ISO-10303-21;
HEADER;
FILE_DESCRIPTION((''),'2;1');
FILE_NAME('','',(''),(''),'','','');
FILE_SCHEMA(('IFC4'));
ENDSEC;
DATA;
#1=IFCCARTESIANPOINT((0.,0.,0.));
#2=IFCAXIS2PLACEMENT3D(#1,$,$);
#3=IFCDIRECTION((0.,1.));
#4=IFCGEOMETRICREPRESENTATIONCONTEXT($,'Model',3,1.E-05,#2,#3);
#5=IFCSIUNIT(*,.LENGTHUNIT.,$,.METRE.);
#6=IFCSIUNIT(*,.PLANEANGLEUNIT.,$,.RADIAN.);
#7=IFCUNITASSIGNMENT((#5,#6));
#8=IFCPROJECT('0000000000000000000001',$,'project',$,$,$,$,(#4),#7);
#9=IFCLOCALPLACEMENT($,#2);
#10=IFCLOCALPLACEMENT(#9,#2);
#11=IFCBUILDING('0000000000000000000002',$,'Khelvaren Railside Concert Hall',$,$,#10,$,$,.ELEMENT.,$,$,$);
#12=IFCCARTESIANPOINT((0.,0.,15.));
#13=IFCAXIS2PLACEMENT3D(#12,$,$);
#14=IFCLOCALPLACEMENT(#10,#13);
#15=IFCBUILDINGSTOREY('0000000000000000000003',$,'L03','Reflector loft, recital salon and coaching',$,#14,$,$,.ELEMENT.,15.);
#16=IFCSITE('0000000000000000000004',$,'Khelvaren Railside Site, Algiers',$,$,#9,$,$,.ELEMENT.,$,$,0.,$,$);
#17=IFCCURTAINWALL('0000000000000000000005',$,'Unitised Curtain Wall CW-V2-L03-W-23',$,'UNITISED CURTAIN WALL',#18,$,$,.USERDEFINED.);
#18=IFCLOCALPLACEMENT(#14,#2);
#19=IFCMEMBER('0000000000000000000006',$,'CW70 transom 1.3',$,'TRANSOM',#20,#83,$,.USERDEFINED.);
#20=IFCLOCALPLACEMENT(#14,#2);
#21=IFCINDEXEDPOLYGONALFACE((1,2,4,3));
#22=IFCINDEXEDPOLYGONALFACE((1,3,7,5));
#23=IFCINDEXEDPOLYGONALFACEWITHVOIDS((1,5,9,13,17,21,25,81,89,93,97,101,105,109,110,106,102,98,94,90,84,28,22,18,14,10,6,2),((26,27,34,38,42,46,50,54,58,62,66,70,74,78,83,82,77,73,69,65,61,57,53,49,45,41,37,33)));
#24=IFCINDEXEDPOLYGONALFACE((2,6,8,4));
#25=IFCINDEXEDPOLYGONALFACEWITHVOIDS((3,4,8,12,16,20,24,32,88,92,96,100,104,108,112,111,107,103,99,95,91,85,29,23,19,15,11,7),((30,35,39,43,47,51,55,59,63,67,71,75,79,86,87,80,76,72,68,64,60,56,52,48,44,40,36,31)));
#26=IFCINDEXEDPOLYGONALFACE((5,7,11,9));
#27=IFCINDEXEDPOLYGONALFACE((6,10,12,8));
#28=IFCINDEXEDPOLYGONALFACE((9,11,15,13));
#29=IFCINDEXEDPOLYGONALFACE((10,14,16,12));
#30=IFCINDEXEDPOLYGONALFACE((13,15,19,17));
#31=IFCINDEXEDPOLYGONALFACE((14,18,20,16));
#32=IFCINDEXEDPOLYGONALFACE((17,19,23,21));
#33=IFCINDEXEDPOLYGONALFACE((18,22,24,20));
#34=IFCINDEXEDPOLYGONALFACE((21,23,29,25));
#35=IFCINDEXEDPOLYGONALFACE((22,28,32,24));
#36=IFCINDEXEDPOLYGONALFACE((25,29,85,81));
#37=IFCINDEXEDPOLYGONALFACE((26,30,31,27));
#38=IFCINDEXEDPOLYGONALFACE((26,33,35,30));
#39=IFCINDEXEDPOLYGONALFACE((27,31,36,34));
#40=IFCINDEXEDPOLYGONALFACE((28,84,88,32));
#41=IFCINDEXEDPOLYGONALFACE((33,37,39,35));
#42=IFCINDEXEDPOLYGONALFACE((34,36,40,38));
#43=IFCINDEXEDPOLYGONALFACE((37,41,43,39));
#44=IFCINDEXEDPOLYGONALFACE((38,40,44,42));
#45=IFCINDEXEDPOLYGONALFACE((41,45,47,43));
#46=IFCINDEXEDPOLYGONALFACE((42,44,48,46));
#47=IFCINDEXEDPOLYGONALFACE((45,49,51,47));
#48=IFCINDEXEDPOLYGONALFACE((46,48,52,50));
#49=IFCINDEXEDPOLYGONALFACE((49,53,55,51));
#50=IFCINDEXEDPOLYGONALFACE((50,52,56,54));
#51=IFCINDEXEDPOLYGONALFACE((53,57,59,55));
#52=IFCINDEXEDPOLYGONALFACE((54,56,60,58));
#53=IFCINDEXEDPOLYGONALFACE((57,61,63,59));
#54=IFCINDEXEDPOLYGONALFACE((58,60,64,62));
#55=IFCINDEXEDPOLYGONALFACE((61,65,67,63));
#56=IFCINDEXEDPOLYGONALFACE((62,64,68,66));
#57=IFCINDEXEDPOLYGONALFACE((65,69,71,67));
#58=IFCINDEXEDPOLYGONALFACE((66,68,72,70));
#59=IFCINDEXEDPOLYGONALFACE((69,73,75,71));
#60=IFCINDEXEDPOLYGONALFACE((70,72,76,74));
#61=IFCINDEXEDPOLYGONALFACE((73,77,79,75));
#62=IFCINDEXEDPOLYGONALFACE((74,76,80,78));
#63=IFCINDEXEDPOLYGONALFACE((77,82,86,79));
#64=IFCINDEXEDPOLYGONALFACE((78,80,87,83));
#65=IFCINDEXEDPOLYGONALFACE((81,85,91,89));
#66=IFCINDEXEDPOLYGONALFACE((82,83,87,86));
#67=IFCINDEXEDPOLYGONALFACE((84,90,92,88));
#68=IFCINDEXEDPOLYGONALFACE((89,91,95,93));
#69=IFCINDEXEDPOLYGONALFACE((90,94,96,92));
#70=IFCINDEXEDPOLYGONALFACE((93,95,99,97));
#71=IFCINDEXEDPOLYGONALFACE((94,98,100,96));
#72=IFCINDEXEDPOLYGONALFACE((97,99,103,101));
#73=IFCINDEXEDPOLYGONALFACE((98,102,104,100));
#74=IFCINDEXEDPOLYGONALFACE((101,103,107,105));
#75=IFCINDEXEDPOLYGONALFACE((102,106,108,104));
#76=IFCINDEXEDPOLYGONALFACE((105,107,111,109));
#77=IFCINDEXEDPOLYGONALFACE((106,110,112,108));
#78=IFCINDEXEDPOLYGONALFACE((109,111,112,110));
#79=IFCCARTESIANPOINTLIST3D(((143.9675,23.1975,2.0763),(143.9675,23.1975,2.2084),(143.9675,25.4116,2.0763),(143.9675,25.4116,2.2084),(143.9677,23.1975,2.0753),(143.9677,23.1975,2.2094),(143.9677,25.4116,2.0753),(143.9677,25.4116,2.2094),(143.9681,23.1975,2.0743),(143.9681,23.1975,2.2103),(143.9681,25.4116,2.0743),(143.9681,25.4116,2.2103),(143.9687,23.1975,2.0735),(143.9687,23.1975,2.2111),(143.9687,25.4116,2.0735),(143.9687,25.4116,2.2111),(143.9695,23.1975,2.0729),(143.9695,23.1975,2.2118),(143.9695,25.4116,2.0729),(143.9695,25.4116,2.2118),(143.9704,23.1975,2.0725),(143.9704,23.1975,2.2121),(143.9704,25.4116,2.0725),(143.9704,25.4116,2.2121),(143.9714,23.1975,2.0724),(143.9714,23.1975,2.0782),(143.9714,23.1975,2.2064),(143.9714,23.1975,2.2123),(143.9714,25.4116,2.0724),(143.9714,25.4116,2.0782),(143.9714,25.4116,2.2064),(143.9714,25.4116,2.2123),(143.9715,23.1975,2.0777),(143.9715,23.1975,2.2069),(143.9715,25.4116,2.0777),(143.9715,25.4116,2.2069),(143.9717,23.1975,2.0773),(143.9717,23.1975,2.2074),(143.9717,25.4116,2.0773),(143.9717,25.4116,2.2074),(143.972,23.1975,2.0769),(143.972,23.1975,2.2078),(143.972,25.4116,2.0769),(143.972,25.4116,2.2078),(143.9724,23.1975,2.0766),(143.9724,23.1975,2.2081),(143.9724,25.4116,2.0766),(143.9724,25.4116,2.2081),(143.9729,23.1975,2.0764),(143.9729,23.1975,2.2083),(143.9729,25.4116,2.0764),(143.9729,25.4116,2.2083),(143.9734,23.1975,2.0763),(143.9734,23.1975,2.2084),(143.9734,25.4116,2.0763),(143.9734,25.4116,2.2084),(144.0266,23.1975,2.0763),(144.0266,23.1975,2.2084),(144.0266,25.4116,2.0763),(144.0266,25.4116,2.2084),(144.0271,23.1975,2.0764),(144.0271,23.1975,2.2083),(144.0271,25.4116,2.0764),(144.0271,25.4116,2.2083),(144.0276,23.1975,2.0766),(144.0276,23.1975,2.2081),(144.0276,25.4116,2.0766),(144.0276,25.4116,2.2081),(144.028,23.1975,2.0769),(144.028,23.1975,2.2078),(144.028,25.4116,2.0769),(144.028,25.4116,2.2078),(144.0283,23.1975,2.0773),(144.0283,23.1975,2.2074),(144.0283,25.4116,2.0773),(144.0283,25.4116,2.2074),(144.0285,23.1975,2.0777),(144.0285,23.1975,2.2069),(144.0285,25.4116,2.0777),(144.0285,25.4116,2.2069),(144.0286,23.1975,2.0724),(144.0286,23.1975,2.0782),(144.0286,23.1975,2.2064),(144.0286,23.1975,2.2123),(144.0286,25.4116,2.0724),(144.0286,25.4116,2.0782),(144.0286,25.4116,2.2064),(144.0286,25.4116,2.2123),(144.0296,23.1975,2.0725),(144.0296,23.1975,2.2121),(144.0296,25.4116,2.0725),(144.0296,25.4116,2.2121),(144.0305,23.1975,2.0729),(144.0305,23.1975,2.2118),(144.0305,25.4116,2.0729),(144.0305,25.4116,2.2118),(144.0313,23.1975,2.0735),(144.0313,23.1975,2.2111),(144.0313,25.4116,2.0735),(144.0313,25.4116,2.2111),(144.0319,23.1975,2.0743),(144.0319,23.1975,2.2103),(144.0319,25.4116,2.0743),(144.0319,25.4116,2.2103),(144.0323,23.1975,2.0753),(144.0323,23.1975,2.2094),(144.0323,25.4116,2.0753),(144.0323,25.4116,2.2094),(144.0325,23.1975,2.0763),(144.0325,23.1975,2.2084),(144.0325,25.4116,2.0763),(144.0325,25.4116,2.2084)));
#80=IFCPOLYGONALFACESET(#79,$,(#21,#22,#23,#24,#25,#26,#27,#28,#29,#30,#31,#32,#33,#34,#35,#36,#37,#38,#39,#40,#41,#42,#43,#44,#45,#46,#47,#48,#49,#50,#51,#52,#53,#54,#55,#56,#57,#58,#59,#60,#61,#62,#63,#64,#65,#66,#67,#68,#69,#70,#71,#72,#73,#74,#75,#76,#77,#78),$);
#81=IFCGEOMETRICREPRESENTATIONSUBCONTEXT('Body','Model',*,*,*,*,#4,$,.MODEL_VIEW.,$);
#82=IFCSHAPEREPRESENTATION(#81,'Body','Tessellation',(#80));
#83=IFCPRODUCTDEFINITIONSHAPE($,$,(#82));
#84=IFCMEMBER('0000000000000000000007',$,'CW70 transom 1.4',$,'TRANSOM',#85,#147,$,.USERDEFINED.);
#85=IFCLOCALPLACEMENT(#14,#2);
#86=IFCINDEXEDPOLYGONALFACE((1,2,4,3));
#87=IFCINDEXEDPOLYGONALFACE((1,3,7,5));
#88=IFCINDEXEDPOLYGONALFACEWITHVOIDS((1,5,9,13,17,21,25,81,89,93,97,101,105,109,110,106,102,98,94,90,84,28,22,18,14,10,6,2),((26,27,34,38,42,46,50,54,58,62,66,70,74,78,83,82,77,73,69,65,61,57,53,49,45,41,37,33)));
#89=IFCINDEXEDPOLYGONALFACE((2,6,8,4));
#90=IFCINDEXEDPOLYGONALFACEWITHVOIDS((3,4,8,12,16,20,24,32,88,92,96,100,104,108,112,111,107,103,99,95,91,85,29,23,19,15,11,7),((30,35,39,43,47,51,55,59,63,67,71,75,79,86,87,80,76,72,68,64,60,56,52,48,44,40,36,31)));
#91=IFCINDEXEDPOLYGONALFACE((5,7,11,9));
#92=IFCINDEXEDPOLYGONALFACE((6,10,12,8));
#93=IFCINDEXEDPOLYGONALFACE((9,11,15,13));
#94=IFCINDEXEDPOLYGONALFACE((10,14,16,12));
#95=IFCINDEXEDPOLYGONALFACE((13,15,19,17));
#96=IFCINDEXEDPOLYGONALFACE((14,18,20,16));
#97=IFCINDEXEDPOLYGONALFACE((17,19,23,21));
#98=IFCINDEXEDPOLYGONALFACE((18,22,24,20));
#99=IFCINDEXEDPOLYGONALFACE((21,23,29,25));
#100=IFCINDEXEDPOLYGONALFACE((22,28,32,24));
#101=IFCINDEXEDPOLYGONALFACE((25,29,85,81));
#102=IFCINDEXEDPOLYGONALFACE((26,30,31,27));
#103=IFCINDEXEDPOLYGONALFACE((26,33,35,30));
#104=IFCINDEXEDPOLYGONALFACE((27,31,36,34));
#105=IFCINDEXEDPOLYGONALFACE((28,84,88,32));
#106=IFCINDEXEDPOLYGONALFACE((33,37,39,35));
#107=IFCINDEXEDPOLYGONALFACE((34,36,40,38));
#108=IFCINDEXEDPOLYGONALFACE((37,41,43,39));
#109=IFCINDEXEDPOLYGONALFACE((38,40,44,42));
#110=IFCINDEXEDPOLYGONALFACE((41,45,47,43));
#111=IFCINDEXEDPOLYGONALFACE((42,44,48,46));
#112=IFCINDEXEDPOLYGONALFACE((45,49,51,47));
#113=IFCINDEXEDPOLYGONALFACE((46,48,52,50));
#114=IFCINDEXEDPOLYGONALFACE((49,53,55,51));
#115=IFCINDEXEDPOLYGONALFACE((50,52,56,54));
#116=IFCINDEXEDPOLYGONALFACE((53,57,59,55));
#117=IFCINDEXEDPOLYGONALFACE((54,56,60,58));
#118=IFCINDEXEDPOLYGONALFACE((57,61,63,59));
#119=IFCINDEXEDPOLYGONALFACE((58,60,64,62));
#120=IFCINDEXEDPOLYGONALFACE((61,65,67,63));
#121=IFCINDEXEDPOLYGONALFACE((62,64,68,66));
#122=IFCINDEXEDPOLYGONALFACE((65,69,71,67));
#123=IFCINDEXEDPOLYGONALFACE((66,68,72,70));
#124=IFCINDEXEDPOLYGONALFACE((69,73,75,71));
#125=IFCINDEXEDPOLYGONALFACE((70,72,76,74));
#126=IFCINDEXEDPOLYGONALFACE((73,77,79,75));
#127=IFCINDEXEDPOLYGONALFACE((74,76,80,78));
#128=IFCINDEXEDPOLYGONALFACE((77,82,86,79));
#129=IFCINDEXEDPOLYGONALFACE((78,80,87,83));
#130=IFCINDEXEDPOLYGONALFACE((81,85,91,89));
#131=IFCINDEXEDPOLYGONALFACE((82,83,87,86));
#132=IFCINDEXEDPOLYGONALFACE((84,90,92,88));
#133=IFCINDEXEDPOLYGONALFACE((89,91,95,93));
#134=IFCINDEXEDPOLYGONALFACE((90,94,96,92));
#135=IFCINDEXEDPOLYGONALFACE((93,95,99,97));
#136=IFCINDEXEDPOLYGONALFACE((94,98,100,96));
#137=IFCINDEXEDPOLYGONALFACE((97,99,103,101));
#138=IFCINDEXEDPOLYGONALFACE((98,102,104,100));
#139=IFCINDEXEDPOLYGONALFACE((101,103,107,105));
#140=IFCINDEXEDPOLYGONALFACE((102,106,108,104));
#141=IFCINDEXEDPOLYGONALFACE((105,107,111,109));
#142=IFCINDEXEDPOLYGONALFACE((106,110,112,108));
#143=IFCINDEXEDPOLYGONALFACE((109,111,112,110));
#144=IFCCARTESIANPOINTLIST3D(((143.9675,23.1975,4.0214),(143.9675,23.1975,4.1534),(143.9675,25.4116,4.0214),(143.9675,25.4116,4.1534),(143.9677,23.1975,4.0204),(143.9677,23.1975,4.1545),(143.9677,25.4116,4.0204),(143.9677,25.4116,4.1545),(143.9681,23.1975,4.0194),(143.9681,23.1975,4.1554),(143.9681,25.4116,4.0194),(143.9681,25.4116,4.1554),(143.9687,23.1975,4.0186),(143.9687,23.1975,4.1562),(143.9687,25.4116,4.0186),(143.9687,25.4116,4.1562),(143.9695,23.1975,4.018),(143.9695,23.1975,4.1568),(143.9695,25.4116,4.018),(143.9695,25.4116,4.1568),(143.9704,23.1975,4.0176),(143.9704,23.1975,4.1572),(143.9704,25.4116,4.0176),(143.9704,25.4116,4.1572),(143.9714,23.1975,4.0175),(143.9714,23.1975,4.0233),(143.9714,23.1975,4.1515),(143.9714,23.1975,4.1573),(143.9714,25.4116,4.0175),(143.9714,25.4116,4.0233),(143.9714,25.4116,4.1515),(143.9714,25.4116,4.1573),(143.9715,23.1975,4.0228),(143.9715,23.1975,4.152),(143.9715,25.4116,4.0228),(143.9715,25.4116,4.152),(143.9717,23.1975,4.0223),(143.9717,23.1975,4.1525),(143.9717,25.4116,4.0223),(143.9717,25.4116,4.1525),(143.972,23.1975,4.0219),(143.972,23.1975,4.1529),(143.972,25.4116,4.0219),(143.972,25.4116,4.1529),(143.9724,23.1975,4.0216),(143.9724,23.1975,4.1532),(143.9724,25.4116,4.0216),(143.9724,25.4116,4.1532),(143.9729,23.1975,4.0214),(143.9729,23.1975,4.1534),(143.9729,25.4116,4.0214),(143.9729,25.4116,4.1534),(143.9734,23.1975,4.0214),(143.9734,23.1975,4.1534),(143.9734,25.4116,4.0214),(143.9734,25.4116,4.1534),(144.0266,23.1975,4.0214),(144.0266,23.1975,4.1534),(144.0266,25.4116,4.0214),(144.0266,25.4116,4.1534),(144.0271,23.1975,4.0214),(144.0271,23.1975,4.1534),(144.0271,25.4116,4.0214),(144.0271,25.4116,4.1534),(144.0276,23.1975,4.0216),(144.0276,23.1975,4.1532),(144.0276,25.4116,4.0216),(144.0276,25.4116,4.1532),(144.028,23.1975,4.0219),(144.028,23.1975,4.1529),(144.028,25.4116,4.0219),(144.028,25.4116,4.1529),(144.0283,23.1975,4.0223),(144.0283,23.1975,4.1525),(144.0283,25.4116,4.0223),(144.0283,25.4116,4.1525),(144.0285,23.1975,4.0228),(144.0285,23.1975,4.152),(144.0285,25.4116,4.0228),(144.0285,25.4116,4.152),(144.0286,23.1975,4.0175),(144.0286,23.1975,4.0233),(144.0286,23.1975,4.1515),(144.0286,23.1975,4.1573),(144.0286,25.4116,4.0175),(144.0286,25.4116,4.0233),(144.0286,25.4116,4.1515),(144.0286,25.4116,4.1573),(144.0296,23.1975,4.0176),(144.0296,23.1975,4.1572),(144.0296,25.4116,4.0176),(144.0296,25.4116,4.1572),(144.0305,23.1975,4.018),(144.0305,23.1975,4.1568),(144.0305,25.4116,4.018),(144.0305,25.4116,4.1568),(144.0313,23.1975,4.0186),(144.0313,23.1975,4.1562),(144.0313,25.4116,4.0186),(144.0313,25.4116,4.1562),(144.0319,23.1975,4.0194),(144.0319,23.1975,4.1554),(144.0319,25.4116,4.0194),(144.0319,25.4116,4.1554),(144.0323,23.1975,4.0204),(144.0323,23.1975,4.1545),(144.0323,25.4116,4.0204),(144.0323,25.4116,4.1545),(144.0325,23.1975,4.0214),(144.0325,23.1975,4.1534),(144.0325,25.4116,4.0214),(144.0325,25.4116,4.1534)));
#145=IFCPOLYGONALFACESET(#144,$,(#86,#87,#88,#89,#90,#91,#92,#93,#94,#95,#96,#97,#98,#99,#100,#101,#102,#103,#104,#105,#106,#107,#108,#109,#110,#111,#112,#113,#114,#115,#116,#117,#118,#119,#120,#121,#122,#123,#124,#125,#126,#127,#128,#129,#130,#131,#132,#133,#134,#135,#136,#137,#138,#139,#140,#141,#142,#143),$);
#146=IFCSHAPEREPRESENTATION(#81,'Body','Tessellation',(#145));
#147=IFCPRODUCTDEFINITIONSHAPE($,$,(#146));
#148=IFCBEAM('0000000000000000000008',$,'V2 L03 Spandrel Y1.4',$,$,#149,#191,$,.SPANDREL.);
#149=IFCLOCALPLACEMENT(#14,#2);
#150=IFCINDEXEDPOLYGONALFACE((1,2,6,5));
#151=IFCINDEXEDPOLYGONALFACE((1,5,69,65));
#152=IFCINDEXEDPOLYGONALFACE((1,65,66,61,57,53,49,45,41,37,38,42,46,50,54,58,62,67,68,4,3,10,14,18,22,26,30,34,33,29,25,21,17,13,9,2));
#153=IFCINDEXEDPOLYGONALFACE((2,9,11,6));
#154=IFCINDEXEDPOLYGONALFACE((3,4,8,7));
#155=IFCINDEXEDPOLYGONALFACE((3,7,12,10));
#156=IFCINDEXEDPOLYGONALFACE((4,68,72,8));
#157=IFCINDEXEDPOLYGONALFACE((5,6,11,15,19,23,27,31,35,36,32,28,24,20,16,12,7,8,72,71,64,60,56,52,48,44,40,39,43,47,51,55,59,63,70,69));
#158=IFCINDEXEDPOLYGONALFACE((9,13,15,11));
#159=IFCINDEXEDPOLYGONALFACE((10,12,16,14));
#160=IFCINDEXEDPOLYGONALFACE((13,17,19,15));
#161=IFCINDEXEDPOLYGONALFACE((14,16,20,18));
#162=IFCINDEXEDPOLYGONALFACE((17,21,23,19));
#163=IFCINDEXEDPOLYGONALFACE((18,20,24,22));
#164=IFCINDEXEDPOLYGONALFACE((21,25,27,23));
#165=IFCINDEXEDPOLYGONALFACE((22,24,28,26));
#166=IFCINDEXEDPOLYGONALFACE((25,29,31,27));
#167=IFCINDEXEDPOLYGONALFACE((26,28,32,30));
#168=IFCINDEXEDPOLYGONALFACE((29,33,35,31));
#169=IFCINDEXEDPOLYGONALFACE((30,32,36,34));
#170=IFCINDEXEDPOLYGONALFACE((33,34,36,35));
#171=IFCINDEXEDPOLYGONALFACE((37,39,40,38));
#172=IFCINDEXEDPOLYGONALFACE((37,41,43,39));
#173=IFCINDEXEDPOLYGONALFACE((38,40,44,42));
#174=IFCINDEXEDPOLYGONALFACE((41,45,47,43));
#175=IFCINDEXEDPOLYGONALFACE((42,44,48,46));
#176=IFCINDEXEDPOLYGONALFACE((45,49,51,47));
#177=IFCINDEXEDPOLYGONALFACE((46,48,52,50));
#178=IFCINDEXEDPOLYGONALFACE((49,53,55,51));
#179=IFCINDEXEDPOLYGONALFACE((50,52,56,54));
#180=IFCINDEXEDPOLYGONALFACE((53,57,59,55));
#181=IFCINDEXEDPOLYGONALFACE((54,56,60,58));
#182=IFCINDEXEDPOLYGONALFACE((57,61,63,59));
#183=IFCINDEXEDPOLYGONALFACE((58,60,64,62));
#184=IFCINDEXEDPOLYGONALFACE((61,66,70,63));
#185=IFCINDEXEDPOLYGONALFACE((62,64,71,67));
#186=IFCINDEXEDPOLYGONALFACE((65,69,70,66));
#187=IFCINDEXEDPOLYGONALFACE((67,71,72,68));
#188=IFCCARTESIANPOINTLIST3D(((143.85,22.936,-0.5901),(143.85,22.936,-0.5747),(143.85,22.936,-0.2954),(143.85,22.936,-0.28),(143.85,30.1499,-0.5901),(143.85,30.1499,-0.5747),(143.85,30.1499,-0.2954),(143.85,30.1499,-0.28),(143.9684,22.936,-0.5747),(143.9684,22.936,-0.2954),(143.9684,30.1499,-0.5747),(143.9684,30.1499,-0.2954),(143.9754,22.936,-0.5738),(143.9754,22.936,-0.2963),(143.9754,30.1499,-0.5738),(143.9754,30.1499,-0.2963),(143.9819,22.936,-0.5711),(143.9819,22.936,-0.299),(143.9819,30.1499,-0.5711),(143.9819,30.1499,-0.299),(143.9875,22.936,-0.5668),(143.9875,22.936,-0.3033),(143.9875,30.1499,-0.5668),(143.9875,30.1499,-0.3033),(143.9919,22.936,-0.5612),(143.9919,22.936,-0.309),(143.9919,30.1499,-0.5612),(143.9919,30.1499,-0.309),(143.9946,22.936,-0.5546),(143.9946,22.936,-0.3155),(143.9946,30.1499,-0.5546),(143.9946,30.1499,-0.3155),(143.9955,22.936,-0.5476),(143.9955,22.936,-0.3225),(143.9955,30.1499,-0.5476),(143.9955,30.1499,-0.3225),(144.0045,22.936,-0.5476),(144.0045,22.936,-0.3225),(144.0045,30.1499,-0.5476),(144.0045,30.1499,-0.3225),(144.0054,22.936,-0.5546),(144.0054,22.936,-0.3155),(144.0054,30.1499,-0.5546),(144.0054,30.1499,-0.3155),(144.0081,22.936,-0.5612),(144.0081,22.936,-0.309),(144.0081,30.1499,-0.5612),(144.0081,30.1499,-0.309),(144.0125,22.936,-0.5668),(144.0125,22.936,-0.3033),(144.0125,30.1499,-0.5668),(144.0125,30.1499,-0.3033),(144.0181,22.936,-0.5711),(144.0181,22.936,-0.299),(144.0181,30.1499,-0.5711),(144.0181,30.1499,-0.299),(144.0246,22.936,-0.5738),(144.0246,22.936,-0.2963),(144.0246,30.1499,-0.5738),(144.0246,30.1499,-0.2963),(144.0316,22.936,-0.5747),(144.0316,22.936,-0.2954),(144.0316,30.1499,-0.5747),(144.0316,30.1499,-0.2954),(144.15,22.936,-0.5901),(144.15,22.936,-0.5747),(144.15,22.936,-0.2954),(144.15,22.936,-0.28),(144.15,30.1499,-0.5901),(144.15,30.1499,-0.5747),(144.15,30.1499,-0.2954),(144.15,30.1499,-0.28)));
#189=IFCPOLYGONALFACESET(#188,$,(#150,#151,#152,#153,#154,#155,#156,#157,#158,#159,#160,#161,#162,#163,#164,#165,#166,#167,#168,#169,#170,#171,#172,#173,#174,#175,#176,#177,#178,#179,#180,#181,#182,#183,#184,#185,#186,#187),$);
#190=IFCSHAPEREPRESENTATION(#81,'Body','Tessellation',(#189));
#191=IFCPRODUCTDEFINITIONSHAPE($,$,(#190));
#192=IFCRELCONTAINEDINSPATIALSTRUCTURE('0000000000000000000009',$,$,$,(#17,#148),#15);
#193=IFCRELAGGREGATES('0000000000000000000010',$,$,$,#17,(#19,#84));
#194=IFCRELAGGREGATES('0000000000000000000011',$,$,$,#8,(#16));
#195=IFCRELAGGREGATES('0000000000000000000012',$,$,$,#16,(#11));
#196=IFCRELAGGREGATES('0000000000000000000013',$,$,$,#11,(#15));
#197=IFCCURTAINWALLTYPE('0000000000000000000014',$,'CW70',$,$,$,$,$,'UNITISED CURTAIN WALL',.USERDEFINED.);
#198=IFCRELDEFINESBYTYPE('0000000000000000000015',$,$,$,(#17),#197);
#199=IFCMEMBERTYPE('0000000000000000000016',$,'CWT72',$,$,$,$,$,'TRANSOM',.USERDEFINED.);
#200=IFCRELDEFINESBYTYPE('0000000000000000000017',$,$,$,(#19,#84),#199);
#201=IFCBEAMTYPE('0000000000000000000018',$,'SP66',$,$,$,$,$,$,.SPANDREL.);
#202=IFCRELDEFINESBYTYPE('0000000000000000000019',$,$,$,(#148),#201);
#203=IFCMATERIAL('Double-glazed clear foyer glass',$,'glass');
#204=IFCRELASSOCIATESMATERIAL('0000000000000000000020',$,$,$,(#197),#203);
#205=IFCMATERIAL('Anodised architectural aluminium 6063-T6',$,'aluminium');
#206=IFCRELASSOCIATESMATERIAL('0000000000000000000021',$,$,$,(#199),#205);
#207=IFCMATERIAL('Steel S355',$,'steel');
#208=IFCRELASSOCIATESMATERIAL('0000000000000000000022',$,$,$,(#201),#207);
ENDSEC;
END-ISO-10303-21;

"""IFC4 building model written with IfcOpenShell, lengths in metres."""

from ifc_helpers import new_model, si_unit, direction, frame, origin, origin_2d, place, context, subcontext, project, spatial, hollow_rectangle, i_section, extrude, material, material_profile, profile_set, type_object, element, aggregate, save


model = new_model("IFC4")

# Units and contexts
model_context = context("Model", 3, precision=1e-05, world=origin(), true_north=direction((0.0, 1.0)))
body_context = subcontext(model_context, "Body", "Model", "MODEL_VIEW")
ifc_project = project(units=[si_unit("LENGTHUNIT", "METRE"), si_unit("PLANEANGLEUNIT", "RADIAN")], contexts=[model_context])

# Site, building, storey
site_placement = place(None, origin())
site = spatial("IfcSite", under=ifc_project, at=site_placement, Name="Khelvaren Railside Site, Algiers", CompositionType="ELEMENT", RefElevation=0.0)
building_placement = place(site_placement, origin())
building = spatial("IfcBuilding", under=site, at=building_placement, Name="Khelvaren Railside Concert Hall", CompositionType="ELEMENT")
storey_placement = place(building_placement, frame((0.0, 0.0, 15.0)))
storey = spatial("IfcBuildingStorey", under=building, at=storey_placement, Name="L03", Description="Reflector loft, recital salon and coaching", CompositionType="ELEMENT", Elevation=15.0)

# Shared definitions
ifc_material_1 = material(Name="Steel S355", Category="steel")

# Shared definitions
ifc_material_2 = material(Name="Double-glazed clear foyer glass", Category="glass")
ifc_material_3 = material(Name="Anodised architectural aluminium 6063-T6", Category="aluminium")

# Curtain wall
curtain_wall_type_1 = type_object("IfcCurtainWallType", Name="CW70", ElementType="UNITISED CURTAIN WALL", PredefinedType="USERDEFINED", material=ifc_material_2)
curtain_wall_1_placement = place(storey_placement, origin())
curtain_wall_1 = element("IfcCurtainWall", 1, at=curtain_wall_1_placement, inside=storey, type_object=curtain_wall_type_1, Name="Unitised Curtain Wall CW-V2-L03-W-23", ObjectType="UNITISED CURTAIN WALL", PredefinedType="USERDEFINED")

# Members
ifc_material_profile_1 = material_profile(ifc_material_3, hollow_rectangle(XDim=0.0649, YDim=0.1399, WallThickness=0.0039, InnerFilletRadius=0.002, OuterFilletRadius=0.0039, at=origin_2d()), Name="CWT 65x140x4")
ifc_profile_set_1 = profile_set([ifc_material_profile_1], Name="Anodised architectural aluminium 6063-T6")
member_type_1 = type_object("IfcMemberType", Name="CWT72", ElementType="TRANSOM", PredefinedType="USERDEFINED", material=ifc_profile_set_1)
member_1_placement = place(storey_placement, frame((144.0, 23.1975, 2.1423), z_axis=(0.0, 1.0, 0.0), x_axis=(-1.0, 0.0, 0.0)))
member_1 = element("IfcMember", 2, at=member_1_placement, type_object=member_type_1, Name="CW70 transom 1.3", ObjectType="TRANSOM", PredefinedType="USERDEFINED", context=body_context, shape_type="SweptSolid", body=[
    extrude(hollow_rectangle(XDim=0.0649, YDim=0.1399, WallThickness=0.0039, InnerFilletRadius=0.002, OuterFilletRadius=0.0039, at=origin_2d()), origin(), (0.0, 0.0, 1.0), 2.2141),
])
member_2_placement = place(storey_placement, frame((144.0, 23.1975, 4.0874), z_axis=(0.0, 1.0, 0.0), x_axis=(-1.0, 0.0, 0.0)))
member_2 = element("IfcMember", 3, at=member_2_placement, type_object=member_type_1, Name="CW70 transom 1.4", ObjectType="TRANSOM", PredefinedType="USERDEFINED", context=body_context, shape_type="SweptSolid", body=[
    extrude(hollow_rectangle(XDim=0.0649, YDim=0.1399, WallThickness=0.0039, InnerFilletRadius=0.002, OuterFilletRadius=0.0039, at=origin_2d()), origin(), (0.0, 0.0, 1.0), 2.2141),
])
aggregate(curtain_wall_1, [member_1, member_2])

# Beam
ifc_material_profile_2 = material_profile(ifc_material_1, i_section(OverallWidth=0.3, OverallDepth=0.3101, WebThickness=0.009, FlangeThickness=0.0154, FilletRadius=0.0271, at=origin_2d()), Name="HEA 320")
ifc_profile_set_2 = profile_set([ifc_material_profile_2], Name="Steel S355")
beam_type = type_object("IfcBeamType", Name="SP66", PredefinedType="SPANDREL", material=ifc_profile_set_2)
beam_placement = place(storey_placement, frame((144.0, 22.936, -0.4351), z_axis=(0.0, 1.0, 0.0), x_axis=(-1.0, 0.0, 0.0)))
element("IfcBeam", 4, at=beam_placement, inside=storey, type_object=beam_type, Name="V2 L03 Spandrel Y1.4", PredefinedType="SPANDREL", context=body_context, shape_type="SweptSolid", body=[
    extrude(i_section(OverallWidth=0.3, OverallDepth=0.3101, WebThickness=0.009, FlangeThickness=0.0154, FilletRadius=0.0271, at=origin_2d()), origin(), (0.0, 0.0, 1.0), 7.2139),
])

save(model, "model.ifc")
